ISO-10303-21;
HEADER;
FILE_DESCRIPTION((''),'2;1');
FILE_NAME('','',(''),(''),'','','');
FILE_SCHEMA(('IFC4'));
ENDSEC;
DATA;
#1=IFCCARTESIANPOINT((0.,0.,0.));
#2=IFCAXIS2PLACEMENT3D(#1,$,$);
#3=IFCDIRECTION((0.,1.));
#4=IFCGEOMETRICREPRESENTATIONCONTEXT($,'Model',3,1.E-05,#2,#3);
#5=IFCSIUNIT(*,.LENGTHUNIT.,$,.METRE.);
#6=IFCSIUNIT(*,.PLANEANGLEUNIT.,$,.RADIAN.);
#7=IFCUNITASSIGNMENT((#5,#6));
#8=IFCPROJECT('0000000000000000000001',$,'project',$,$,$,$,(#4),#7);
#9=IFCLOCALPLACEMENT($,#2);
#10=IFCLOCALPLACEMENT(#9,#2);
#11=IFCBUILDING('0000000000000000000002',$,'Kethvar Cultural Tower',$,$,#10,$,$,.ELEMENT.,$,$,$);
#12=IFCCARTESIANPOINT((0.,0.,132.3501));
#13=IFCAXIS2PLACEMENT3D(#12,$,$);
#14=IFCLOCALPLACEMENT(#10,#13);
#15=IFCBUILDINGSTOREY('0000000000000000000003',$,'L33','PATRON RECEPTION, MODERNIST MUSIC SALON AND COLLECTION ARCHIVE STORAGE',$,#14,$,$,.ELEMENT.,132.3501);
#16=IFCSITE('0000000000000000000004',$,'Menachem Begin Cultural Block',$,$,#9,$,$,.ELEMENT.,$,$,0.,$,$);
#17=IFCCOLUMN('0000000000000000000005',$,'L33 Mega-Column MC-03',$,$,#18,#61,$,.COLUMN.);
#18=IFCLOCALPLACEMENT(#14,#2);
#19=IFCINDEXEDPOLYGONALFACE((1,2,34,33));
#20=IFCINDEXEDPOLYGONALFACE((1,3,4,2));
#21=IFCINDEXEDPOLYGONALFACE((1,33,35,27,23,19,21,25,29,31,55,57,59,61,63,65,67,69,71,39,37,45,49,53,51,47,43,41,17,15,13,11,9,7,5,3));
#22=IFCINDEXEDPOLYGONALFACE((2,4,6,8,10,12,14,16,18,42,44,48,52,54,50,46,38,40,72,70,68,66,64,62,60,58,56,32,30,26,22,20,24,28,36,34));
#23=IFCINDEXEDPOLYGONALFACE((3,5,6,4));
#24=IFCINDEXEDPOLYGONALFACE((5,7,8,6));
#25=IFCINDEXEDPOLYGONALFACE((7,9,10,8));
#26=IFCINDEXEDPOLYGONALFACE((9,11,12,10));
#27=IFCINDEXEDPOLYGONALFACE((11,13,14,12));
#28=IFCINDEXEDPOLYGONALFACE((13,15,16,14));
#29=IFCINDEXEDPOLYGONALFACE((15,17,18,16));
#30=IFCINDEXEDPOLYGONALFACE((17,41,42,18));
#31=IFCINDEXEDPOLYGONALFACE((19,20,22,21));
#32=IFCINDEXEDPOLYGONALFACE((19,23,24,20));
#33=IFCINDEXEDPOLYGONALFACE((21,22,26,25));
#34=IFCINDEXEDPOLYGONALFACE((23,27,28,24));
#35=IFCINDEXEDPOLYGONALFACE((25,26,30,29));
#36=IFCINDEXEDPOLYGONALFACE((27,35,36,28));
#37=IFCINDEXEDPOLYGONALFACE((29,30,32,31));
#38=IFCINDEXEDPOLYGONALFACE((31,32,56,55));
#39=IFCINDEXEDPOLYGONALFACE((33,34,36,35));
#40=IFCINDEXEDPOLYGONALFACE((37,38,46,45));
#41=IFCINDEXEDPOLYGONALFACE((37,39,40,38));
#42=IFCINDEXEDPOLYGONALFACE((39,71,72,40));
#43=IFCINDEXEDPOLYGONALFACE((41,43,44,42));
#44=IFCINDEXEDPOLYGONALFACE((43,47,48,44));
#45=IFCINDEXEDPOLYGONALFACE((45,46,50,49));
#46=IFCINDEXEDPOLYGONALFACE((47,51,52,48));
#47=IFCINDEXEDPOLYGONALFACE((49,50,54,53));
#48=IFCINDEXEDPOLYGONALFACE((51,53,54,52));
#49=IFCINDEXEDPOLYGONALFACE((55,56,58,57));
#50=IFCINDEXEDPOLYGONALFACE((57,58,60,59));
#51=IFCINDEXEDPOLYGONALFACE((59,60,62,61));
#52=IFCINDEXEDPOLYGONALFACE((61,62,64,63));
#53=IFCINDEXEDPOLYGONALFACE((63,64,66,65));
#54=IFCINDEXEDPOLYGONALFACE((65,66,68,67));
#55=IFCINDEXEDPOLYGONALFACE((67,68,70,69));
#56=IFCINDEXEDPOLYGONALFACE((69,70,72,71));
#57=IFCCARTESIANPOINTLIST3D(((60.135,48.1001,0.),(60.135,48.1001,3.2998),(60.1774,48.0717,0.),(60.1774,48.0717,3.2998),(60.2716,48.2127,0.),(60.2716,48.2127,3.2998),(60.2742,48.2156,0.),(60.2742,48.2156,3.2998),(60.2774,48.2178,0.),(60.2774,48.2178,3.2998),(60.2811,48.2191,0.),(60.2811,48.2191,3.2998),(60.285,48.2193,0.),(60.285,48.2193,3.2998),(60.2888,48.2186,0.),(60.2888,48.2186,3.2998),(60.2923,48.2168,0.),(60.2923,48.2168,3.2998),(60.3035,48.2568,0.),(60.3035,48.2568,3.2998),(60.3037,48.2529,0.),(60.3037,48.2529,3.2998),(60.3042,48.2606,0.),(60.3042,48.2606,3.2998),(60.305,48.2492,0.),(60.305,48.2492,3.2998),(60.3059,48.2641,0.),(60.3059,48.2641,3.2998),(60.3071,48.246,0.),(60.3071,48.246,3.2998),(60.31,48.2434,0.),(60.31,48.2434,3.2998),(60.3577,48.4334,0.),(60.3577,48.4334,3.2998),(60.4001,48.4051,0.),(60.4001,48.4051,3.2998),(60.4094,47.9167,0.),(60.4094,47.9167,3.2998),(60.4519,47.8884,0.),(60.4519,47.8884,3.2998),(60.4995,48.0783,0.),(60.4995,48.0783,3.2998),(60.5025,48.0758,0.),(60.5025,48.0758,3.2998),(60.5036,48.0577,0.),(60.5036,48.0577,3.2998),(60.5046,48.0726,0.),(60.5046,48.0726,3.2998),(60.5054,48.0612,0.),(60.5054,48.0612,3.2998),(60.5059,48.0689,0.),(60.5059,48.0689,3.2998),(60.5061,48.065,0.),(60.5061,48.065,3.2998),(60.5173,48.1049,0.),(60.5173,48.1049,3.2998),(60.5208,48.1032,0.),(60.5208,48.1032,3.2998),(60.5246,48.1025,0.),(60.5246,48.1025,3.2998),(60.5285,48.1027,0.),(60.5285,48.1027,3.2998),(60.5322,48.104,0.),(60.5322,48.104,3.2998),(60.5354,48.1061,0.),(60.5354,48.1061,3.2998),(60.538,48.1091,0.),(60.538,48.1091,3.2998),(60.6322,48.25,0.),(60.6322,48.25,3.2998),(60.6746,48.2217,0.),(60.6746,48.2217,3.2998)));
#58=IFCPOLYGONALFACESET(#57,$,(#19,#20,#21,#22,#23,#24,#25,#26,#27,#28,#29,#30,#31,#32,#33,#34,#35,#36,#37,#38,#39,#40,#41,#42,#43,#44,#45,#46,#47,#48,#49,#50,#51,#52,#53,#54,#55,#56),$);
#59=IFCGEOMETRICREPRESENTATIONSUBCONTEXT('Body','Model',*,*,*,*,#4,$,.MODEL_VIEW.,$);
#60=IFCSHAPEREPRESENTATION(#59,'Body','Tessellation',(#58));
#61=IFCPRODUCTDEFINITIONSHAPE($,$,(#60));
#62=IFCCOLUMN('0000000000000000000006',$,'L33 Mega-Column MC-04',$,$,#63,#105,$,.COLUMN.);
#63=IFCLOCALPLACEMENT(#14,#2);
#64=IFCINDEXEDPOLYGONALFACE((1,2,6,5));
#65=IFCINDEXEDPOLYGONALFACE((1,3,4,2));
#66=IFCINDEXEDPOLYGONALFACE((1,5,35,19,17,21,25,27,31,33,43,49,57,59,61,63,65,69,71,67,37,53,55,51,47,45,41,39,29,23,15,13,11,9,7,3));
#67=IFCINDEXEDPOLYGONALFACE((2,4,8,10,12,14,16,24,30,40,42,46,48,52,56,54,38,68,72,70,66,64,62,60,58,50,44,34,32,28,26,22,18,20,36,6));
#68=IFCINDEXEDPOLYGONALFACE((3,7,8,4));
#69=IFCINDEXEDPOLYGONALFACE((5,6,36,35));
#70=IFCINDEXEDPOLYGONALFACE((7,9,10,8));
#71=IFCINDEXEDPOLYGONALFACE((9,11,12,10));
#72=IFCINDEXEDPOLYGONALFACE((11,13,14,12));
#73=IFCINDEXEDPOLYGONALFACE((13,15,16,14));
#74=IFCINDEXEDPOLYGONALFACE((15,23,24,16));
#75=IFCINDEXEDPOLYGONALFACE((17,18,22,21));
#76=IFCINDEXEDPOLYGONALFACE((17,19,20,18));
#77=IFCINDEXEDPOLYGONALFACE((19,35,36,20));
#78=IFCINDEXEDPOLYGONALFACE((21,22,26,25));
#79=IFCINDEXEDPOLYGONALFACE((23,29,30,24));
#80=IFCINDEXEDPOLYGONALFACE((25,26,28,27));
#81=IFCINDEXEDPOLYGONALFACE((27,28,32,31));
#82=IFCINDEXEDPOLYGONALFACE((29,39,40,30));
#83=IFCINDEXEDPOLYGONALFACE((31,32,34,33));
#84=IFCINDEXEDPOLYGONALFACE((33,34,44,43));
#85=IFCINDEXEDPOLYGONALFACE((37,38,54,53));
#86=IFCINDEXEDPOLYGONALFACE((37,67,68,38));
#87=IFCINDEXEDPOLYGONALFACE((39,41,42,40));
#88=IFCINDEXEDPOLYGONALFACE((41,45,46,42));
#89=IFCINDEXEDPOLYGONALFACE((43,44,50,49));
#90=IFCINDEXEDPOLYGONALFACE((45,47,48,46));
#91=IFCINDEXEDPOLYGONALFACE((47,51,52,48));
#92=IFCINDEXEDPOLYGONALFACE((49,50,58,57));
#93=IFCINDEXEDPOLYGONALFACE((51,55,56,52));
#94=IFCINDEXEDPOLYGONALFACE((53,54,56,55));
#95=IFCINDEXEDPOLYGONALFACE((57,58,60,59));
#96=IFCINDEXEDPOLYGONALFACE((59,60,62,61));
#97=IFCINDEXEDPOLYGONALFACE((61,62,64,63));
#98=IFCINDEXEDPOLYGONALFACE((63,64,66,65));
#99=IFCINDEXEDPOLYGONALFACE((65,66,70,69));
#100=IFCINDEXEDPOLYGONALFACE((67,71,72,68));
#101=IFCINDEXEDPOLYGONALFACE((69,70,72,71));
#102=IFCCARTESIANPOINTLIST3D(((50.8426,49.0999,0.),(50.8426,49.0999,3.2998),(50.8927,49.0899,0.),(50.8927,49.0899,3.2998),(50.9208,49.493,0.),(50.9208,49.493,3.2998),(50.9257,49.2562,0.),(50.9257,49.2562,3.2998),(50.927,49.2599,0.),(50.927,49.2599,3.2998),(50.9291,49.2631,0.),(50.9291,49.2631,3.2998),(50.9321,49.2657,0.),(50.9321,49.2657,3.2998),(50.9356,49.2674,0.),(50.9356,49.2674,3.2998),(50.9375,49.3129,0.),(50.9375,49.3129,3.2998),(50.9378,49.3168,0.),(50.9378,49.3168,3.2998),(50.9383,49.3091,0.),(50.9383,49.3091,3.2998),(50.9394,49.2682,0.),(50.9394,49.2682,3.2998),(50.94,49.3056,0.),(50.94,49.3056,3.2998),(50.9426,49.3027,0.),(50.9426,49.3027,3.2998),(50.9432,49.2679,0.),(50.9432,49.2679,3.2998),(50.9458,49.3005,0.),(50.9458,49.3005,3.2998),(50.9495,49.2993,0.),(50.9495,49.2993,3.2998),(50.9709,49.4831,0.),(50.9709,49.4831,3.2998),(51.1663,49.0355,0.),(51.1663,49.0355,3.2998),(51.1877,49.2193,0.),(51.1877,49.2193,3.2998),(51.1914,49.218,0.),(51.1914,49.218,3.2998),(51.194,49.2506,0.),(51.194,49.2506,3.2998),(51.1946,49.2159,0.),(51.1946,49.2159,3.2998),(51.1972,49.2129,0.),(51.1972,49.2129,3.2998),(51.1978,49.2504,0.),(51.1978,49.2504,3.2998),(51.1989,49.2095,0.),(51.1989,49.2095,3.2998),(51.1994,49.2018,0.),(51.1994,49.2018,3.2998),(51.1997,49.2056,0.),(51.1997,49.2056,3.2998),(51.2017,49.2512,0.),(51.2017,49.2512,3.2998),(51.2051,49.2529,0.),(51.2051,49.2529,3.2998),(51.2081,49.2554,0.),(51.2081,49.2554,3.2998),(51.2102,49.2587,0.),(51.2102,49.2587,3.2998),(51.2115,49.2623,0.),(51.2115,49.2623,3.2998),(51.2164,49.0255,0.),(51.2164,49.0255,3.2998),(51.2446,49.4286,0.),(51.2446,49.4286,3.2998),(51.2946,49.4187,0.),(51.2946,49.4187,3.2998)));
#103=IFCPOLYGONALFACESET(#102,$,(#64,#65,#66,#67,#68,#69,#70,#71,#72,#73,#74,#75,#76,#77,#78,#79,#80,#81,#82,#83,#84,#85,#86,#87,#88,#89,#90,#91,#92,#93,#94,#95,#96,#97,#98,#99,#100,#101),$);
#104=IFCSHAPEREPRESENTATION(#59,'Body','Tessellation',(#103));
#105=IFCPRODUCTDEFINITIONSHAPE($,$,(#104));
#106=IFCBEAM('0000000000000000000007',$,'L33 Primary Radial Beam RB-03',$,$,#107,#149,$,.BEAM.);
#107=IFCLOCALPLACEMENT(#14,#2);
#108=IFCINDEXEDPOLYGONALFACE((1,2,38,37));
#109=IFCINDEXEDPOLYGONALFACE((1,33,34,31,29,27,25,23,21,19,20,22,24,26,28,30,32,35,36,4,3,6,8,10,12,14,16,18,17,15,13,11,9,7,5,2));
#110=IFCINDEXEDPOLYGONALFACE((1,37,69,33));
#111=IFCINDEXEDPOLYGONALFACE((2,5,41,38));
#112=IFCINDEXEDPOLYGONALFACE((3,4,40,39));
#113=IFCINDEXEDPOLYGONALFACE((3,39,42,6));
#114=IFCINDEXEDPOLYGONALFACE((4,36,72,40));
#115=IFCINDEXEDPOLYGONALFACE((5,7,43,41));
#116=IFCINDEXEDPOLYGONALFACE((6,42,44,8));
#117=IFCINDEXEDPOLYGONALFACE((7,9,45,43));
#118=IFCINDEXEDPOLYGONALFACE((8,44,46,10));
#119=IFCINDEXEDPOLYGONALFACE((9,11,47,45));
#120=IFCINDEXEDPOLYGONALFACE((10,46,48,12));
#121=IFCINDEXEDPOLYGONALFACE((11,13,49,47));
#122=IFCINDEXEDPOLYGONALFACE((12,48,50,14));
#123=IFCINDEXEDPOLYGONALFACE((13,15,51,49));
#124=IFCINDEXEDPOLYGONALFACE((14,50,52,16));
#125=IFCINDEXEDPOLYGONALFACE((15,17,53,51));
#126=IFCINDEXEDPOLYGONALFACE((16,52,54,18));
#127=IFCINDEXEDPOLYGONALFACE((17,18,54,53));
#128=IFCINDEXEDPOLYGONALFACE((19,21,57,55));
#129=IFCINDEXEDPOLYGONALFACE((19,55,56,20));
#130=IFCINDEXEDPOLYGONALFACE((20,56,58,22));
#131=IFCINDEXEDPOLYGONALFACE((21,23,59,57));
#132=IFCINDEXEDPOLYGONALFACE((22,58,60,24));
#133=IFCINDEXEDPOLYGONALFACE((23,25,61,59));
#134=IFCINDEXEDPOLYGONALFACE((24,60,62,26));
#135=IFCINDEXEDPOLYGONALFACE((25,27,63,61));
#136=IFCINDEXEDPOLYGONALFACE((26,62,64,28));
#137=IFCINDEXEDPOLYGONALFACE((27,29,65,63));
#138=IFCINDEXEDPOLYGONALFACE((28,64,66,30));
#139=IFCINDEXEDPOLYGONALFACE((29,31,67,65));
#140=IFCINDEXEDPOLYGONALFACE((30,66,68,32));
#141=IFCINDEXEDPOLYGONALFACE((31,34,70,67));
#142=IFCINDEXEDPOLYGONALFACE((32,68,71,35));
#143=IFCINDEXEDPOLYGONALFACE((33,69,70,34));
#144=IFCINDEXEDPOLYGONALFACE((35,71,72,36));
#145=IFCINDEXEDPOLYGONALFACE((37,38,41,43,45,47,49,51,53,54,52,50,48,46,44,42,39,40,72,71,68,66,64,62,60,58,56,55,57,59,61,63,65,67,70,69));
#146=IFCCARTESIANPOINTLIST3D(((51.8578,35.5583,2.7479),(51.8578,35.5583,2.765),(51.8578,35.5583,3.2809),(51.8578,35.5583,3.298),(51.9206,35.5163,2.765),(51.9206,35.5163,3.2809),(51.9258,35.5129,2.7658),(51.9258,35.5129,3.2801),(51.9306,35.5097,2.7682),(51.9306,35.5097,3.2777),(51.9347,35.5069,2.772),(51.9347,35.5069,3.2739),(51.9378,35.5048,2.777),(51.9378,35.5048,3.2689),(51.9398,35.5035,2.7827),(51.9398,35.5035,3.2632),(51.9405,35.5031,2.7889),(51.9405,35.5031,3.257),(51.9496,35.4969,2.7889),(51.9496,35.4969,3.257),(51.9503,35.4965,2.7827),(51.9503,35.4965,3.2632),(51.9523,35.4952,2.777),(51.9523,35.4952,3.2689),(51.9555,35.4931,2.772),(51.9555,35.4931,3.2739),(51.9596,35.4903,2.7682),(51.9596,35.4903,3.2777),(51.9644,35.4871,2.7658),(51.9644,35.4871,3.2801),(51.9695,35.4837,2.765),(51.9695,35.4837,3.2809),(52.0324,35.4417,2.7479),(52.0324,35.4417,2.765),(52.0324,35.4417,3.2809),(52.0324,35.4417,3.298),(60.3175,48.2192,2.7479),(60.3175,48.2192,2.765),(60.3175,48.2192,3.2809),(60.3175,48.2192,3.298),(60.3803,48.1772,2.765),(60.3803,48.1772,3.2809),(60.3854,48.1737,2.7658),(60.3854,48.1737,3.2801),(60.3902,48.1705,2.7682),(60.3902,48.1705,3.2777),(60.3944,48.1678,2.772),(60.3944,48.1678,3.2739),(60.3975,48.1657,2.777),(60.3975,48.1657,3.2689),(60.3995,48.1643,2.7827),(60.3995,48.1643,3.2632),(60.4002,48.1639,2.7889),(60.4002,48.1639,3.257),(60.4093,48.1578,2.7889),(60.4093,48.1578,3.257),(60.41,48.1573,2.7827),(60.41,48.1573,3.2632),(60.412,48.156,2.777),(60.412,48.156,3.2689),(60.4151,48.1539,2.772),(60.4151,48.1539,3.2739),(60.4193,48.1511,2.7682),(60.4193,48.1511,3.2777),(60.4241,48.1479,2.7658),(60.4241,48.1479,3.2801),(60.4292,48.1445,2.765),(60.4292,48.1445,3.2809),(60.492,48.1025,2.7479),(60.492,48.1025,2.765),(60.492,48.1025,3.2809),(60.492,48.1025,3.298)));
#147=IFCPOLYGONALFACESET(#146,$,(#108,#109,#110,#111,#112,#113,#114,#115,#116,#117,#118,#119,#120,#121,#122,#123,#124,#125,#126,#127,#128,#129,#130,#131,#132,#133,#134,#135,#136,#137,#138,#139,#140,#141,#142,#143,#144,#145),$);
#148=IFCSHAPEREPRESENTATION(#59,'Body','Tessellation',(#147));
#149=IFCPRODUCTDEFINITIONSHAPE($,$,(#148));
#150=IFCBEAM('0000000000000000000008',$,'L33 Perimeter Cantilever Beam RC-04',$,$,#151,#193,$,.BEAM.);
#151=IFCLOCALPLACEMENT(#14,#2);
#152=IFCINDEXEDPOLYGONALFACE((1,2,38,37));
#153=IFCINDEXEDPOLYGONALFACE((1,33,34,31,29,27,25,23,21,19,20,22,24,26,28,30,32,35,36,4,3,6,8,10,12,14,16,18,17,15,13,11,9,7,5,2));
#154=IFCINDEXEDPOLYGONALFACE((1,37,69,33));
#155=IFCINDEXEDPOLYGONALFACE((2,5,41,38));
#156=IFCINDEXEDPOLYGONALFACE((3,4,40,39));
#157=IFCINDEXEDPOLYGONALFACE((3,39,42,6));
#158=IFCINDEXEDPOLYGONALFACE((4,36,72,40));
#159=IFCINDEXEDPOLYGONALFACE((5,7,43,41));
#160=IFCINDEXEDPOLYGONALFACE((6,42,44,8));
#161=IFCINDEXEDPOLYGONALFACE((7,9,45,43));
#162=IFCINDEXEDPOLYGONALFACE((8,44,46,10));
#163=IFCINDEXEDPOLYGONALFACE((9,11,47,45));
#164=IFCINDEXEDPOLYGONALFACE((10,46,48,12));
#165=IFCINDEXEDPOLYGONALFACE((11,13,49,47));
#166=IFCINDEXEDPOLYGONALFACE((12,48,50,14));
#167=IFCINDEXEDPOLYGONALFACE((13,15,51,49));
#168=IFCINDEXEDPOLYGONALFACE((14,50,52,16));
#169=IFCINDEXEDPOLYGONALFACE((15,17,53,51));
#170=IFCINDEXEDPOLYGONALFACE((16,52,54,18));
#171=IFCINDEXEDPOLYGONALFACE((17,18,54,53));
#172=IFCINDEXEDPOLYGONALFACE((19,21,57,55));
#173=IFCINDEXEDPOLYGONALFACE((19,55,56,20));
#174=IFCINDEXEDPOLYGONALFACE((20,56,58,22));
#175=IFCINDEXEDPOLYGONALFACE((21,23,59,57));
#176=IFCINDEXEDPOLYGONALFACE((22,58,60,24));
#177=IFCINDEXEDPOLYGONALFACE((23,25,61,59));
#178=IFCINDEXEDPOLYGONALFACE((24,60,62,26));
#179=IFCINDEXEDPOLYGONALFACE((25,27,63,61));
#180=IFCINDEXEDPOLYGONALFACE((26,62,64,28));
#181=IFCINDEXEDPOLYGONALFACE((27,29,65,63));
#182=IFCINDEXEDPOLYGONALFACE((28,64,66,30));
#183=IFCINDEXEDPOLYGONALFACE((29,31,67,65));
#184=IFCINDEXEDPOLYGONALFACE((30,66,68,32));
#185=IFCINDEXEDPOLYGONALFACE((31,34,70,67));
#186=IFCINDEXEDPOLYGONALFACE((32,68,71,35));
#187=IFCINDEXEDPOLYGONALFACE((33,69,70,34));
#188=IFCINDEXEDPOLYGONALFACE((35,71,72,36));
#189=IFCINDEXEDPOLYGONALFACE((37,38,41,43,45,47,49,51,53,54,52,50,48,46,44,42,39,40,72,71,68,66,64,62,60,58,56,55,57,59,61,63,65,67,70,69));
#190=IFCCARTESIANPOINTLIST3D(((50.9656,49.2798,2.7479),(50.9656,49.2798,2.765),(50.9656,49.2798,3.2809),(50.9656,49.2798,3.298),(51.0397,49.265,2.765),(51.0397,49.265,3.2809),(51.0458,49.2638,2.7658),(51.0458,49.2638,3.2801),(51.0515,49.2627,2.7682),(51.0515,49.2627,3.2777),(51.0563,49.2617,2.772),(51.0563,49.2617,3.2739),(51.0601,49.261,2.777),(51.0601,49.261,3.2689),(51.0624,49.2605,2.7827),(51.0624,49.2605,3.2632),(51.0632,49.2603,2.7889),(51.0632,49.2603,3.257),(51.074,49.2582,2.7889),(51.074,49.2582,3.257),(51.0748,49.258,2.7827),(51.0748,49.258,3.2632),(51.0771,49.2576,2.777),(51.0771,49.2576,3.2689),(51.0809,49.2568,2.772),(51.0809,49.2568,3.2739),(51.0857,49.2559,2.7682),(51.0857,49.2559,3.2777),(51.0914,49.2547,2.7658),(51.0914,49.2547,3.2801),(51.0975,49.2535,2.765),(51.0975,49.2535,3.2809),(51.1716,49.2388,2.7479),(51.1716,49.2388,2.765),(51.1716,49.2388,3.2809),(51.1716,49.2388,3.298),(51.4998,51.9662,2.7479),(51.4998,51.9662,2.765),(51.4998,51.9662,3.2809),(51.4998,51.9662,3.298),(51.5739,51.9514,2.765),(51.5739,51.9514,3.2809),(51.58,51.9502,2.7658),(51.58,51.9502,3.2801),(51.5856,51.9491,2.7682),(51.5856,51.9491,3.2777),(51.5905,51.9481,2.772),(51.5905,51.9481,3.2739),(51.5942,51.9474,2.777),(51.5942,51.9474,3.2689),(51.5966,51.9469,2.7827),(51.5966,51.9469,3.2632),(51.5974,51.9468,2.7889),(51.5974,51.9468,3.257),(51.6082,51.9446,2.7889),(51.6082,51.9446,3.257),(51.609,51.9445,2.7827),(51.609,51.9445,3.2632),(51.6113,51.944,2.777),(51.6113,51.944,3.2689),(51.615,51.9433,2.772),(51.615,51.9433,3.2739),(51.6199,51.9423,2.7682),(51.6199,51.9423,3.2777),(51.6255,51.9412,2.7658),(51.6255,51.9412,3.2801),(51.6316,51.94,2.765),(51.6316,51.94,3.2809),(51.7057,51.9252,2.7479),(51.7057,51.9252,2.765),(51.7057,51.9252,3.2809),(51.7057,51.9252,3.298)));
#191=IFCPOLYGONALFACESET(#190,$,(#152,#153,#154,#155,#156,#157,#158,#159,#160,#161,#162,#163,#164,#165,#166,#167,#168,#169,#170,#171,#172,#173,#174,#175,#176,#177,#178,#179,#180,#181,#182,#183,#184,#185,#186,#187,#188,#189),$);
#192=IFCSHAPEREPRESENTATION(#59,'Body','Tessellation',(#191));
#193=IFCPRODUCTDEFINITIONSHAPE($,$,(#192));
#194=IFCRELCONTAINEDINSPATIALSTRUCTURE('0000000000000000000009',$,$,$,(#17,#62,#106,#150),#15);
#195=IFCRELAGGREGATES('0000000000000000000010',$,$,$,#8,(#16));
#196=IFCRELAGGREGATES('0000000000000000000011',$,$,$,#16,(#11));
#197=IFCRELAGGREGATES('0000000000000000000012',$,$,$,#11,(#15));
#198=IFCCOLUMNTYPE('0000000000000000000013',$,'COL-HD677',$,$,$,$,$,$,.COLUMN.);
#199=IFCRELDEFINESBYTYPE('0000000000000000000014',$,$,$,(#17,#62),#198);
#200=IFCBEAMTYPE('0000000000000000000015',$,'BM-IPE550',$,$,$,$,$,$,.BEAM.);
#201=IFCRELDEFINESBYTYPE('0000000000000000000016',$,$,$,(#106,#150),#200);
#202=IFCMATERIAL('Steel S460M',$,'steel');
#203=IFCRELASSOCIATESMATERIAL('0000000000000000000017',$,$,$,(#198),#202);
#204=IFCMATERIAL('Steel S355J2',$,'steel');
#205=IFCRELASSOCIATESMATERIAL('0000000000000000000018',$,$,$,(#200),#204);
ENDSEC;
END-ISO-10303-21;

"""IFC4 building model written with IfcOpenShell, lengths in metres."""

from ifc_helpers import new_model, si_unit, direction, frame, origin, origin_2d, place, context, subcontext, project, spatial, i_section, extrude, source, transform, mapped, material, material_profile, profile_set, type_object, element, save


model = new_model("IFC4")

# Units and contexts
model_context = context("Model", 3, precision=1e-05, world=origin(), true_north=direction((0.0, 1.0)))
body_context = subcontext(model_context, "Body", "Model", "MODEL_VIEW")
ifc_project = project(units=[si_unit("LENGTHUNIT", "METRE"), si_unit("PLANEANGLEUNIT", "RADIAN")], contexts=[model_context])

# Site, building, storey
site_placement = place(None, origin())
site = spatial("IfcSite", under=ifc_project, at=site_placement, Name="Menachem Begin Cultural Block", CompositionType="ELEMENT", RefElevation=0.0)
building_placement = place(site_placement, origin())
building = spatial("IfcBuilding", under=site, at=building_placement, Name="Kethvar Cultural Tower", CompositionType="ELEMENT")
storey_placement = place(building_placement, frame((0.0, 0.0, 132.3501)))
storey = spatial("IfcBuildingStorey", under=building, at=storey_placement, Name="L33", Description="PATRON RECEPTION, MODERNIST MUSIC SALON AND COLLECTION ARCHIVE STORAGE", CompositionType="ELEMENT", Elevation=132.3501)

# Columns
ifc_material_1 = material(Name="Steel S460M", Category="steel")
ifc_material_profile_1 = material_profile(ifc_material_1, i_section(OverallWidth=0.4009, OverallDepth=0.3811, WebThickness=0.032, FlangeThickness=0.051, FilletRadius=0.0149, at=origin_2d()), Name="Steel S460M — HD400x677")
ifc_profile_set_1 = profile_set([ifc_material_profile_1], Name="Steel S460M — HD400x677")
column_type = type_object("IfcColumnType", Name="COL-HD677", PredefinedType="COLUMN", material=ifc_profile_set_1)
shared_shape_1 = source(origin(), body_context, "Body", "SweptSolid", [
    extrude(i_section(OverallWidth=0.4009, OverallDepth=0.3811, WebThickness=0.032, FlangeThickness=0.051, FilletRadius=0.0149, at=origin_2d()), origin(), (0.0, 0.0, 1.0), 3.2998),
])
for number, where, z_axis, x_axis, name in (
    (1, (60.4048, 48.1609, 0.0), (0.0, 0.0, 1.0), (0.55557, 0.83147, 0.0), "L33 Mega-Column MC-03"),
    (2, (51.0686, 49.2593, 0.0), (0.0, 0.0, 1.0), (0.19509, 0.980785, 0.0), "L33 Mega-Column MC-04"),
):
    element("IfcColumn", number, at=place(storey_placement, frame(where, z_axis=z_axis, x_axis=x_axis)), inside=storey, type_object=column_type, Name=name, PredefinedType="COLUMN", context=body_context, shape_type="MappedRepresentation", body=[
        mapped(shared_shape_1, transform((0.0, 0.0, 0.0), scale=1.0)),
    ])

# Beams
ifc_material_2 = material(Name="Steel S355J2", Category="steel")
ifc_material_profile_2 = material_profile(ifc_material_2, i_section(OverallWidth=0.21, OverallDepth=0.55, WebThickness=0.011, FlangeThickness=0.0171, FilletRadius=0.0239, at=origin_2d()), Name="Steel S355J2 — IPE550")
ifc_profile_set_2 = profile_set([ifc_material_profile_2], Name="Steel S355J2 — IPE550")
beam_type_1 = type_object("IfcBeamType", Name="BM-IPE550", PredefinedType="BEAM", material=ifc_profile_set_2)
shared_shape_2 = source(origin(), body_context, "Body", "SweptSolid", [
    extrude(i_section(OverallWidth=0.21, OverallDepth=0.55, WebThickness=0.011, FlangeThickness=0.0171, FilletRadius=0.0239, at=origin_2d()), origin(), (0.0, 0.0, 1.0), 15.2271),
])
beam_1_placement = place(storey_placement, frame((51.9451, 35.5, 3.0229), z_axis=(0.555569, 0.83147, 0.0), x_axis=(-0.83147, 0.555569, 0.0)))
element("IfcBeam", 3, at=beam_1_placement, inside=storey, type_object=beam_type_1, Name="L33 Primary Radial Beam RB-03", PredefinedType="BEAM", context=body_context, shape_type="MappedRepresentation", body=[
    mapped(shared_shape_2, transform((0.0, 0.0, 0.0), scale=1.0)),
])
shared_shape_3 = source(origin(), body_context, "Body", "SweptSolid", [
    extrude(i_section(OverallWidth=0.21, OverallDepth=0.55, WebThickness=0.011, FlangeThickness=0.0171, FilletRadius=0.0239, at=origin_2d()), origin(), (0.0, 0.0, 1.0), 2.739),
])
beam_2_placement = place(storey_placement, frame((51.0686, 49.2593, 3.0229), z_axis=(0.195019, 0.980799, 0.0), x_axis=(-0.980799, 0.195019, 0.0)))
element("IfcBeam", 4, at=beam_2_placement, inside=storey, type_object=beam_type_1, Name="L33 Perimeter Cantilever Beam RC-04", PredefinedType="BEAM", context=body_context, shape_type="MappedRepresentation", body=[
    mapped(shared_shape_3, transform((0.0, 0.0, 0.0), scale=1.0)),
])

save(model, "model.ifc")
